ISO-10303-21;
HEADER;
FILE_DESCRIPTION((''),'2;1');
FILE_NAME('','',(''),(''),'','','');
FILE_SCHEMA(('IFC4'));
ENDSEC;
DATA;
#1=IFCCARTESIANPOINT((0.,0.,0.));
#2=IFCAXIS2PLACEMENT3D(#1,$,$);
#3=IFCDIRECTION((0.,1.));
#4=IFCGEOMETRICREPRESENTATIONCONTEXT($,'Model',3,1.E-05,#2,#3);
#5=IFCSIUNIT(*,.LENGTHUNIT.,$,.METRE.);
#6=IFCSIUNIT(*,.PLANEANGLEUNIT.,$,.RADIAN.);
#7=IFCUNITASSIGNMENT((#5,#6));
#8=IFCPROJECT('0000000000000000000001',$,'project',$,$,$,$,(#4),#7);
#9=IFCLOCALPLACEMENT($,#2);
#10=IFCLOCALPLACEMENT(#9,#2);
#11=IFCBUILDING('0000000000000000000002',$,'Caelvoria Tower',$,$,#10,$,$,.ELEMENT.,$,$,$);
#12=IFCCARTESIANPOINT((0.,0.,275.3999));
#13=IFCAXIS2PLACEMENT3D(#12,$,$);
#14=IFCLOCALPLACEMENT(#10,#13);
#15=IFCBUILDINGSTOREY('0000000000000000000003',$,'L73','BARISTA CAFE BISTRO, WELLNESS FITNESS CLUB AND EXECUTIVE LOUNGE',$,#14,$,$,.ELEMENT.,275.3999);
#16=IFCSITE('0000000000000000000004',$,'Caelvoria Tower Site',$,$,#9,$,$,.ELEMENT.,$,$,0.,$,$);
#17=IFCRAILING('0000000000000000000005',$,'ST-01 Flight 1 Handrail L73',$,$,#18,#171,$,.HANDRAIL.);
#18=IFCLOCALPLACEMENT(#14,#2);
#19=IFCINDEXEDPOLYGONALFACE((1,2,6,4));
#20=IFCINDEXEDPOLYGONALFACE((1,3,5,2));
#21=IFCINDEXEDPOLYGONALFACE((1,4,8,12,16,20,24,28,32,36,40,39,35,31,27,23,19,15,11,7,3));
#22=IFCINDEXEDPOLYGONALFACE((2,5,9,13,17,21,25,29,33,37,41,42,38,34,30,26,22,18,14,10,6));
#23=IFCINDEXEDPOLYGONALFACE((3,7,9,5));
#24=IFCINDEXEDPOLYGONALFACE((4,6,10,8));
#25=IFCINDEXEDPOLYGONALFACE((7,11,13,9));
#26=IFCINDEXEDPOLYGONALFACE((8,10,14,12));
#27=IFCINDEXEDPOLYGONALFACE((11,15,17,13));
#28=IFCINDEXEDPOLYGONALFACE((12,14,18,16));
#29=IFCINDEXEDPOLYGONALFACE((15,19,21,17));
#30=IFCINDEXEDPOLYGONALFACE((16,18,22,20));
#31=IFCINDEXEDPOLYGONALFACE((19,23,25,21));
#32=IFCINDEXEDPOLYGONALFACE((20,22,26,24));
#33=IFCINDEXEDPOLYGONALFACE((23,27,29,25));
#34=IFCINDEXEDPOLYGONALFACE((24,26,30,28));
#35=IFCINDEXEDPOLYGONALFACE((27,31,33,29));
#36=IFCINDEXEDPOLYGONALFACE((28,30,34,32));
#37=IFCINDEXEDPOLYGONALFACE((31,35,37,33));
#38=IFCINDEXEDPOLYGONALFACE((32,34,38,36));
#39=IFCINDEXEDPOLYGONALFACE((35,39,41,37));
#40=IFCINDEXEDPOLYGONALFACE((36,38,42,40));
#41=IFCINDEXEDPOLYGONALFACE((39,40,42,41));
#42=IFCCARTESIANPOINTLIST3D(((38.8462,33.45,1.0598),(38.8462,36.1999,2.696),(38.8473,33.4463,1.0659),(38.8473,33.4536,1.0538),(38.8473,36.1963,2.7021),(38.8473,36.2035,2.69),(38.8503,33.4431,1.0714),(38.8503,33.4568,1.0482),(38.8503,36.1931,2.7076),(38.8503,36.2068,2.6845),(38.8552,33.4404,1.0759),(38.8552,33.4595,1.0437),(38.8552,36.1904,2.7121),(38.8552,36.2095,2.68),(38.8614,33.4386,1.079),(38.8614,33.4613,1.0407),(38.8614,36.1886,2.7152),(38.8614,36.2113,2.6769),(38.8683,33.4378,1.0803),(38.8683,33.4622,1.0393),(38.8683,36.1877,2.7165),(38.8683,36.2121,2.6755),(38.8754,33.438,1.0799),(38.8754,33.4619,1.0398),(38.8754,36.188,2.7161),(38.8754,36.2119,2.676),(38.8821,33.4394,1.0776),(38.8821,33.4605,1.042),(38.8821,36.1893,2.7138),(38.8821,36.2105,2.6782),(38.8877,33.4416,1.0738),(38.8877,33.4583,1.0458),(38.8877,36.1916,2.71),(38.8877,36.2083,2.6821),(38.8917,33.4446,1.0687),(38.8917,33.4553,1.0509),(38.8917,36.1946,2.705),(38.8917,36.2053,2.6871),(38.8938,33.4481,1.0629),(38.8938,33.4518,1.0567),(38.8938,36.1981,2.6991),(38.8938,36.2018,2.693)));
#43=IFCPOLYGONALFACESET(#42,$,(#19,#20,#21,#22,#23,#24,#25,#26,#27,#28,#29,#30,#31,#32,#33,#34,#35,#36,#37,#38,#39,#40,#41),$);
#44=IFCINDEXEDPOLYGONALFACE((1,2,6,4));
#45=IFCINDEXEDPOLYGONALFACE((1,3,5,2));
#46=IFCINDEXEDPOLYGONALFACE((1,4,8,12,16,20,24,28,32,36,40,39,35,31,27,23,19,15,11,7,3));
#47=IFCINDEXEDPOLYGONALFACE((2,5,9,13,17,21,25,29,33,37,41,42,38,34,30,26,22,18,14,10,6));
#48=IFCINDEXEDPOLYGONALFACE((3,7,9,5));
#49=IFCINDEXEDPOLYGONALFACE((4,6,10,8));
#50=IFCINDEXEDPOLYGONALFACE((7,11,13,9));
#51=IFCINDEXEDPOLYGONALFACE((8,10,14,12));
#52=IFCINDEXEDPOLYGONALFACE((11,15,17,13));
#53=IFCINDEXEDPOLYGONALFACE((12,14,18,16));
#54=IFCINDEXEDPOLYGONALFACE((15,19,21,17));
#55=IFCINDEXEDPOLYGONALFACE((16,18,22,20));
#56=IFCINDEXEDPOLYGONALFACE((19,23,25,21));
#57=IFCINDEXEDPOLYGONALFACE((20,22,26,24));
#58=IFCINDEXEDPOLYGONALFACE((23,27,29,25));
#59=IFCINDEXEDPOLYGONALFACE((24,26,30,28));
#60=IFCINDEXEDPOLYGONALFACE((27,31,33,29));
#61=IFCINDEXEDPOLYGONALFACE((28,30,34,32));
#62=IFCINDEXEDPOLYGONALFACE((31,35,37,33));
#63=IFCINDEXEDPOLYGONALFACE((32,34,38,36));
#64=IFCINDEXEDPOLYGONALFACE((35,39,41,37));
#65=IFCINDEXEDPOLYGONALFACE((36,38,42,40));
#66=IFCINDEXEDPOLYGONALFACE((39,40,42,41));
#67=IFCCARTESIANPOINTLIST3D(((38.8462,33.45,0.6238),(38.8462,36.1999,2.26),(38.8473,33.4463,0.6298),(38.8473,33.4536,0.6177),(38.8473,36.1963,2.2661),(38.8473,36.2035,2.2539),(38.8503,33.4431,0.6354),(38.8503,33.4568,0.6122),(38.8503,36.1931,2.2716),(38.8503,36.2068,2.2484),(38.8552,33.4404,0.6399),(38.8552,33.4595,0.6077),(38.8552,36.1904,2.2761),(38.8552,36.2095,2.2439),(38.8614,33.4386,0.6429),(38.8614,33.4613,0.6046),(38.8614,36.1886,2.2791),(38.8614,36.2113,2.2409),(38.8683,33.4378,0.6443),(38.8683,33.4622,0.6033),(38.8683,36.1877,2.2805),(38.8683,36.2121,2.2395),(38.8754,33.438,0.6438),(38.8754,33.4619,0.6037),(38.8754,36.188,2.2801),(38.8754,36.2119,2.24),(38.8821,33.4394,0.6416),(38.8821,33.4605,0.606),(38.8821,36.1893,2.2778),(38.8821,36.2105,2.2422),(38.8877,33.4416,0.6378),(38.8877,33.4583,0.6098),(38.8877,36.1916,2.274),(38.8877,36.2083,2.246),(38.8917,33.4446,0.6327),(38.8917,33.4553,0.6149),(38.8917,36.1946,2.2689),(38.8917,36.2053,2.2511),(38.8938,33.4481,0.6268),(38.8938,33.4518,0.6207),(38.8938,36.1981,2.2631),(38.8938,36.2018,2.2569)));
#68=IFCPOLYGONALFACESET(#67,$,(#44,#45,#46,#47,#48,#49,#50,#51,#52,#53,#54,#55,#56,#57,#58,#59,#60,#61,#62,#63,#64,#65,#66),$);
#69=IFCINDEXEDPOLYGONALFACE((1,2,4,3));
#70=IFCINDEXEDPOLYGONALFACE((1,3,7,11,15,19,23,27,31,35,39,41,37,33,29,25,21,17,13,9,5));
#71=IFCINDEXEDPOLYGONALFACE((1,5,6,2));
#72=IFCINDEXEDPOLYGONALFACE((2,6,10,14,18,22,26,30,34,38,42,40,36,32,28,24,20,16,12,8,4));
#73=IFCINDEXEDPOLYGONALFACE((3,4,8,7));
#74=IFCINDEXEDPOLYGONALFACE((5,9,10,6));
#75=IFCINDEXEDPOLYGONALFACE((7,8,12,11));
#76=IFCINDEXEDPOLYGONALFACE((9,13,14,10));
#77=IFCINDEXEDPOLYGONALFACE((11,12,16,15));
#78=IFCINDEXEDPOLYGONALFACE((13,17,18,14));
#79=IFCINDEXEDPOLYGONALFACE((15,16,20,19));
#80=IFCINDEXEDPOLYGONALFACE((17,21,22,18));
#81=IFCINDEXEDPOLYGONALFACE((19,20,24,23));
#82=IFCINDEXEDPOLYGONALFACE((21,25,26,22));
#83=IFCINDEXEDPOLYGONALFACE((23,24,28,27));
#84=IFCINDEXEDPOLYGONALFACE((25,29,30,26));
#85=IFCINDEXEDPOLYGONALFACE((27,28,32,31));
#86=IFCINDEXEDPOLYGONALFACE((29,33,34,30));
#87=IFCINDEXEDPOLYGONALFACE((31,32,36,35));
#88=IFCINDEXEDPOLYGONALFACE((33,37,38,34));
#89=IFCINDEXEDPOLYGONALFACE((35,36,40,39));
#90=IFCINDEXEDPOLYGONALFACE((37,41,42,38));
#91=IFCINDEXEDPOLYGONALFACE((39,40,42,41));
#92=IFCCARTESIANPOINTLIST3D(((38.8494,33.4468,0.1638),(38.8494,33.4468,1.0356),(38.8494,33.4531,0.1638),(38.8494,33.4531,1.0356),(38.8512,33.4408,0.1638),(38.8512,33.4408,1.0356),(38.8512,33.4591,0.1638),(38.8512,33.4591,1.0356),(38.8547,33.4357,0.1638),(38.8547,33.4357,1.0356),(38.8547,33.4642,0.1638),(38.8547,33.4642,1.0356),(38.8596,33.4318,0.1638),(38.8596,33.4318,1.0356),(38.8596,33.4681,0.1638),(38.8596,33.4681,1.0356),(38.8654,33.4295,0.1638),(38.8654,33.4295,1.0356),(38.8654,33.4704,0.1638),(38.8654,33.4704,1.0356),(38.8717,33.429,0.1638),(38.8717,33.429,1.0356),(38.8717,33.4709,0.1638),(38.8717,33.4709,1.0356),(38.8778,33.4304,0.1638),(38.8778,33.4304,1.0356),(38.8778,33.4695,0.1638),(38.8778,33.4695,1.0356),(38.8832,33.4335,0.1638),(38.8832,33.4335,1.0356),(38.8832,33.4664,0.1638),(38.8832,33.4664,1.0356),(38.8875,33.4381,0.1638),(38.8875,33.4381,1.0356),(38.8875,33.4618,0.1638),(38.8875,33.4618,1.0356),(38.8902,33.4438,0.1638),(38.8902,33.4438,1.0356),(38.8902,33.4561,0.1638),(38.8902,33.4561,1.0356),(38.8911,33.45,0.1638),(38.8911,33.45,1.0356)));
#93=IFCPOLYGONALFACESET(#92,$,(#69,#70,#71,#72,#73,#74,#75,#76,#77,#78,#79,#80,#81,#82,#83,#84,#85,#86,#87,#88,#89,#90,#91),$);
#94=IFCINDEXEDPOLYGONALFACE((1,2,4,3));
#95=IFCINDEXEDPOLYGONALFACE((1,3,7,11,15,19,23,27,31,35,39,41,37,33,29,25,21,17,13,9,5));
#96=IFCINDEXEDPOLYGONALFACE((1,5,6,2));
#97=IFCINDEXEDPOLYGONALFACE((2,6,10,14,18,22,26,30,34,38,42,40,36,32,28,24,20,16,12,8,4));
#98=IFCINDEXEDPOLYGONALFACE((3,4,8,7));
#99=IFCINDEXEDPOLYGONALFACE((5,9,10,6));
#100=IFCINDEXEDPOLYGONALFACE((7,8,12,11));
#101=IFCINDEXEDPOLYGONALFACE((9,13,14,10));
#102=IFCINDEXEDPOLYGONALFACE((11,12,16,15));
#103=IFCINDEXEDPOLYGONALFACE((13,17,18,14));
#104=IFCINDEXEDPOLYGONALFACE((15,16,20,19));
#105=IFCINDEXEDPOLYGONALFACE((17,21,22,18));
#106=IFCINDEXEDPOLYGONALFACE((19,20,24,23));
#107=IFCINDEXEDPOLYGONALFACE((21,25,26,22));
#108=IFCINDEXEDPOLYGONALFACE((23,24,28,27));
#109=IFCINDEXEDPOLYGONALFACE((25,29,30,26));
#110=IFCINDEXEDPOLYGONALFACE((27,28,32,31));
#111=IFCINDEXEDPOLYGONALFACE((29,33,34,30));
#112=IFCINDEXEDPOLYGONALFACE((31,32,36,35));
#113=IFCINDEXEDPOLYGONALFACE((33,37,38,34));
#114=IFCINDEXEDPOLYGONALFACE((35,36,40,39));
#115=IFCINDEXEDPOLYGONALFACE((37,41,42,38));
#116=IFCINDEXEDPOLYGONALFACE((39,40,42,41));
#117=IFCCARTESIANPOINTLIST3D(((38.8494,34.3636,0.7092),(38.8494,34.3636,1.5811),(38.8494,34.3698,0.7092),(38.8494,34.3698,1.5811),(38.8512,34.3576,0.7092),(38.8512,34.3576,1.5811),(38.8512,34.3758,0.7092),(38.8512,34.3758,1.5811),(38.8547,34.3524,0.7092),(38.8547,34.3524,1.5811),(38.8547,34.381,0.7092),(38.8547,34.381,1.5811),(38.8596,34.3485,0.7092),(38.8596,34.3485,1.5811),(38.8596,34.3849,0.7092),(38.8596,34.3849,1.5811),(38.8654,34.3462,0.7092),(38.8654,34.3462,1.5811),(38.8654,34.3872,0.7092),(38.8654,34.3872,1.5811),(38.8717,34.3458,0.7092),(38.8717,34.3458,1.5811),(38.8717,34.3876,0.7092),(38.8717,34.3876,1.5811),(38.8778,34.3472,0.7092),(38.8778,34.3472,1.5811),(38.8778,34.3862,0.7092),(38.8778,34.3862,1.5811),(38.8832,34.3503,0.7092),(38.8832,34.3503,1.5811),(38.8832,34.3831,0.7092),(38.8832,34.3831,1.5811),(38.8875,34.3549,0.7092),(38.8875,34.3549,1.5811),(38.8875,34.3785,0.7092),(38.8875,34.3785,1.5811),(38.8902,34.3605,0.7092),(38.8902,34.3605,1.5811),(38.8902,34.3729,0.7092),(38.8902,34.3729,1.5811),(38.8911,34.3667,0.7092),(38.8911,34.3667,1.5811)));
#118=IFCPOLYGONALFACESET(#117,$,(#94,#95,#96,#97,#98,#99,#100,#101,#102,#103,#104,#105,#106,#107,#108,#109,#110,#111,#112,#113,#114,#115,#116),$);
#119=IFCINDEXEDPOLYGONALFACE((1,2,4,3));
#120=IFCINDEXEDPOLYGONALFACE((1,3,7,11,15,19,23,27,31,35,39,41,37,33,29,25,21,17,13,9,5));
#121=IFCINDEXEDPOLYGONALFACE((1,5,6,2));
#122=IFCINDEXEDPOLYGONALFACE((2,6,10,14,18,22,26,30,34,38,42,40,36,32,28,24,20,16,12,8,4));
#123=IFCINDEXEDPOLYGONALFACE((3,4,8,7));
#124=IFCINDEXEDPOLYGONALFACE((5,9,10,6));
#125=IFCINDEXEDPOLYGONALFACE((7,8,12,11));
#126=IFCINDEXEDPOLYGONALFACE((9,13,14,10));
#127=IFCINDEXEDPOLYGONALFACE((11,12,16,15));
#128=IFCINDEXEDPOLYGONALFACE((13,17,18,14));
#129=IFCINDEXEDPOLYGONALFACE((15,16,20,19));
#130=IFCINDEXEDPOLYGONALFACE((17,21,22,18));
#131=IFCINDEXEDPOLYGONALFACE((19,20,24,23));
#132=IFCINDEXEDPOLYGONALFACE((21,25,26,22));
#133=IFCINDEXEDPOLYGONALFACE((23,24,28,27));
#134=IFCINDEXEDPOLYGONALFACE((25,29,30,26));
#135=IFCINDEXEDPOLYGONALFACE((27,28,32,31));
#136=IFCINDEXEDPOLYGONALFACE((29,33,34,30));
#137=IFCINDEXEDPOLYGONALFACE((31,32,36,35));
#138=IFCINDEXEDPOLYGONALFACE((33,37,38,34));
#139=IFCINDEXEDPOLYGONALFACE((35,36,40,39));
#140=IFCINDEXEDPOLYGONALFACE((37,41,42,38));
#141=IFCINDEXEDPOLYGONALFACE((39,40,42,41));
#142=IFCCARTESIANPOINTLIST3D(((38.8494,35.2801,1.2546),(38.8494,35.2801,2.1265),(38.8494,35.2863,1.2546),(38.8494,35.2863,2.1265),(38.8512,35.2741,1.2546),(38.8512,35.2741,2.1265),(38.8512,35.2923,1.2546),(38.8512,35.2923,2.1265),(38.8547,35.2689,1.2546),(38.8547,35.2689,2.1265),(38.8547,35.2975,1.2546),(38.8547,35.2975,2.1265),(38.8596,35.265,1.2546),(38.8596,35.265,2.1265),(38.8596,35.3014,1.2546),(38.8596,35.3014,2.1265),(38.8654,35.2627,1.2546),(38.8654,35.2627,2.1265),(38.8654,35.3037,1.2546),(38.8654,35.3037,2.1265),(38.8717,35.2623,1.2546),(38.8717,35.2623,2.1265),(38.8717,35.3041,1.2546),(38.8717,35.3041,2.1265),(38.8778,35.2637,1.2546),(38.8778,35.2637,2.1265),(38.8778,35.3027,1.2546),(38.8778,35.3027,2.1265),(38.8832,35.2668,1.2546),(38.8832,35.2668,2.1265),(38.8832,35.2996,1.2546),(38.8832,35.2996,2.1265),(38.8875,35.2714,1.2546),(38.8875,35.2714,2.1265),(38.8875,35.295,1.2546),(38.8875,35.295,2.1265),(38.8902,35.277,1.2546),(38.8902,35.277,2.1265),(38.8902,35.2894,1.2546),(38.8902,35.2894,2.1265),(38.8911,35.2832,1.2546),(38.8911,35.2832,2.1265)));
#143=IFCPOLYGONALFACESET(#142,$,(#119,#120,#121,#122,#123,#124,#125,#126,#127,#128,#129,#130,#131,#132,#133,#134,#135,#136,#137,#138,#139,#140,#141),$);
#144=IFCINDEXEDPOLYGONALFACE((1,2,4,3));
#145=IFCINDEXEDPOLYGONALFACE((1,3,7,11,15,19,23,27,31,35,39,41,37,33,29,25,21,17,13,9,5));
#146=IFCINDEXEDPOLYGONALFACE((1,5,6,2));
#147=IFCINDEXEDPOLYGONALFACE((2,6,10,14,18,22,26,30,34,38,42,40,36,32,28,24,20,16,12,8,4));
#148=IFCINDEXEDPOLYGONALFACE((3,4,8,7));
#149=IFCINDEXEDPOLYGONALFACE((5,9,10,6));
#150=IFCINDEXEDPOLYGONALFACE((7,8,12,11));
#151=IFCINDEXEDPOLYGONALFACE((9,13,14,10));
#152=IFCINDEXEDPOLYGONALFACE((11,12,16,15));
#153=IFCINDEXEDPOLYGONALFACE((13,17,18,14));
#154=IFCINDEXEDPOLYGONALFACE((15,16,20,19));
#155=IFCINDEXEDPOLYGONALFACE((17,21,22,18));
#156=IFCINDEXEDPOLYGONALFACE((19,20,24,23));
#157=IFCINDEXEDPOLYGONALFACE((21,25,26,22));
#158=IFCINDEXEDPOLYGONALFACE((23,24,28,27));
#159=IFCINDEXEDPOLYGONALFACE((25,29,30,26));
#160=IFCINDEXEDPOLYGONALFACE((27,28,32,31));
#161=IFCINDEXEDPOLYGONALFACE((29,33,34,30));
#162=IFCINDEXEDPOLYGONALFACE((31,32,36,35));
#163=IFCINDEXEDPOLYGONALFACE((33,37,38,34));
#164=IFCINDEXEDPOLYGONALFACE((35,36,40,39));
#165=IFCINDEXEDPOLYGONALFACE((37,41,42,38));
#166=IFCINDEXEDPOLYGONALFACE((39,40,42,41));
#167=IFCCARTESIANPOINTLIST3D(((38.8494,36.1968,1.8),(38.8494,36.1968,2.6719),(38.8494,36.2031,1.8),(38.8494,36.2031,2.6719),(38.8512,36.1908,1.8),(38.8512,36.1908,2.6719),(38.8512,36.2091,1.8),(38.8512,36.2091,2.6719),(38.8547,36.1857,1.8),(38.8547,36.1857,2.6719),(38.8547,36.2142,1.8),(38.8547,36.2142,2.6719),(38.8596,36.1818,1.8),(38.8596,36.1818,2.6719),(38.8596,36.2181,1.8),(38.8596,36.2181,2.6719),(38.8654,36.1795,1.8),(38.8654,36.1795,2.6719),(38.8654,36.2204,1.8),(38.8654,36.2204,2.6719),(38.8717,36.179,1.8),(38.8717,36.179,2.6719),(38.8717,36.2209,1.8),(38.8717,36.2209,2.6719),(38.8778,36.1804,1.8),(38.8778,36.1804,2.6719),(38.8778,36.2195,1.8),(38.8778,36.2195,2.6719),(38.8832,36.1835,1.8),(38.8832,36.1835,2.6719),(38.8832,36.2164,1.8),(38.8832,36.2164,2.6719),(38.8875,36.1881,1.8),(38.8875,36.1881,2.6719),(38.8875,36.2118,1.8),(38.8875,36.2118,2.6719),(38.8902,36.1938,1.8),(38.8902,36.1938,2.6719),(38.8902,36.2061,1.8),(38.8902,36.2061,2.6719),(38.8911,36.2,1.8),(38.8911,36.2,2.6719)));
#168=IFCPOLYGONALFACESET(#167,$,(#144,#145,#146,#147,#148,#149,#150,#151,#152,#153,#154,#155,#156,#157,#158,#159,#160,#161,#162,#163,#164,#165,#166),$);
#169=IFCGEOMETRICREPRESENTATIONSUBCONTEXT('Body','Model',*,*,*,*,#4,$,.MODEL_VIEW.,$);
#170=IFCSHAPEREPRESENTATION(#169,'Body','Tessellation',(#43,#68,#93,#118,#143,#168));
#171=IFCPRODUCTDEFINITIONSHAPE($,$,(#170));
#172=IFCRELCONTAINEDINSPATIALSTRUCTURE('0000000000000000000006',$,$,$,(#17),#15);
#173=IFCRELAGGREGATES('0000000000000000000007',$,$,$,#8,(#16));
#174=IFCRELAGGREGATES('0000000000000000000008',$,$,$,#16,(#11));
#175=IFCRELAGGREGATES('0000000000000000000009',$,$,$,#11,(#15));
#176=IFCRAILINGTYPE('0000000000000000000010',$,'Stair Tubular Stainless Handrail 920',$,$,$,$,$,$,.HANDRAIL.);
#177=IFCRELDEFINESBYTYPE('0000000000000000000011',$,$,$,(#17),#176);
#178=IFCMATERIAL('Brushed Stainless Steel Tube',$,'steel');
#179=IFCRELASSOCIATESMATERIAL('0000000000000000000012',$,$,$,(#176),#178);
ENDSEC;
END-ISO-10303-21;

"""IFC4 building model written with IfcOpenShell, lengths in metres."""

from ifc_helpers import new_model, si_unit, direction, frame, origin, origin_2d, place, context, subcontext, project, spatial, circle, extrude, material, type_object, element, save


model = new_model("IFC4")

# Units and contexts
model_context = context("Model", 3, precision=1e-05, world=origin(), true_north=direction((0.0, 1.0)))
body_context = subcontext(model_context, "Body", "Model", "MODEL_VIEW")
ifc_project = project(units=[si_unit("LENGTHUNIT", "METRE"), si_unit("PLANEANGLEUNIT", "RADIAN")], contexts=[model_context])

# Site, building, storey
site_placement = place(None, origin())
site = spatial("IfcSite", under=ifc_project, at=site_placement, Name="Caelvoria Tower Site", CompositionType="ELEMENT", RefElevation=0.0)
building_placement = place(site_placement, origin())
building = spatial("IfcBuilding", under=site, at=building_placement, Name="Caelvoria Tower", CompositionType="ELEMENT")
storey_placement = place(building_placement, frame((0.0, 0.0, 275.3999)))
storey = spatial("IfcBuildingStorey", under=building, at=storey_placement, Name="L73", Description="BARISTA CAFE BISTRO, WELLNESS FITNESS CLUB AND EXECUTIVE LOUNGE", CompositionType="ELEMENT", Elevation=275.3999)

# Railing
ifc_material_1 = material(Name="Brushed Stainless Steel Tube", Category="steel")
railing_type_1 = type_object("IfcRailingType", Name="Stair Tubular Stainless Handrail 920", PredefinedType="HANDRAIL", material=ifc_material_1)
railing_1_placement = place(storey_placement, frame((38.8701, 33.45, 0.1638)))
element("IfcRailing", 1, at=railing_1_placement, inside=storey, type_object=railing_type_1, Name="ST-01 Flight 1 Handrail L73", PredefinedType="HANDRAIL", context=body_context, shape_type="SweptSolid", body=[
    extrude(circle(Radius=0.0239, at=origin_2d()), frame((0.0, 0.0, 0.896), z_axis=(0.0, 0.859385, 0.511328), x_axis=(-1.0, 0.0, 0.0)), (0.0, 0.0, 1.0), 3.2),
    extrude(circle(Radius=0.0239, at=origin_2d()), frame((0.0, 0.0, 0.46), z_axis=(0.0, 0.859385, 0.511328), x_axis=(-1.0, 0.0, 0.0)), (0.0, 0.0, 1.0), 3.2),
    extrude(circle(Radius=0.021, at=origin_2d()), origin(), (0.0, 0.0, 1.0), 0.8718),
    extrude(circle(Radius=0.021, at=origin_2d()), frame((0.0, 0.9167, 0.5454)), (0.0, 0.0, 1.0), 0.8718),
    extrude(circle(Radius=0.021, at=origin_2d()), frame((0.0, 1.8333, 1.0908)), (0.0, 0.0, 1.0), 0.8718),
    extrude(circle(Radius=0.021, at=origin_2d()), frame((0.0, 2.75, 1.6362)), (0.0, 0.0, 1.0), 0.8718),
])

save(model, "model.ifc")
